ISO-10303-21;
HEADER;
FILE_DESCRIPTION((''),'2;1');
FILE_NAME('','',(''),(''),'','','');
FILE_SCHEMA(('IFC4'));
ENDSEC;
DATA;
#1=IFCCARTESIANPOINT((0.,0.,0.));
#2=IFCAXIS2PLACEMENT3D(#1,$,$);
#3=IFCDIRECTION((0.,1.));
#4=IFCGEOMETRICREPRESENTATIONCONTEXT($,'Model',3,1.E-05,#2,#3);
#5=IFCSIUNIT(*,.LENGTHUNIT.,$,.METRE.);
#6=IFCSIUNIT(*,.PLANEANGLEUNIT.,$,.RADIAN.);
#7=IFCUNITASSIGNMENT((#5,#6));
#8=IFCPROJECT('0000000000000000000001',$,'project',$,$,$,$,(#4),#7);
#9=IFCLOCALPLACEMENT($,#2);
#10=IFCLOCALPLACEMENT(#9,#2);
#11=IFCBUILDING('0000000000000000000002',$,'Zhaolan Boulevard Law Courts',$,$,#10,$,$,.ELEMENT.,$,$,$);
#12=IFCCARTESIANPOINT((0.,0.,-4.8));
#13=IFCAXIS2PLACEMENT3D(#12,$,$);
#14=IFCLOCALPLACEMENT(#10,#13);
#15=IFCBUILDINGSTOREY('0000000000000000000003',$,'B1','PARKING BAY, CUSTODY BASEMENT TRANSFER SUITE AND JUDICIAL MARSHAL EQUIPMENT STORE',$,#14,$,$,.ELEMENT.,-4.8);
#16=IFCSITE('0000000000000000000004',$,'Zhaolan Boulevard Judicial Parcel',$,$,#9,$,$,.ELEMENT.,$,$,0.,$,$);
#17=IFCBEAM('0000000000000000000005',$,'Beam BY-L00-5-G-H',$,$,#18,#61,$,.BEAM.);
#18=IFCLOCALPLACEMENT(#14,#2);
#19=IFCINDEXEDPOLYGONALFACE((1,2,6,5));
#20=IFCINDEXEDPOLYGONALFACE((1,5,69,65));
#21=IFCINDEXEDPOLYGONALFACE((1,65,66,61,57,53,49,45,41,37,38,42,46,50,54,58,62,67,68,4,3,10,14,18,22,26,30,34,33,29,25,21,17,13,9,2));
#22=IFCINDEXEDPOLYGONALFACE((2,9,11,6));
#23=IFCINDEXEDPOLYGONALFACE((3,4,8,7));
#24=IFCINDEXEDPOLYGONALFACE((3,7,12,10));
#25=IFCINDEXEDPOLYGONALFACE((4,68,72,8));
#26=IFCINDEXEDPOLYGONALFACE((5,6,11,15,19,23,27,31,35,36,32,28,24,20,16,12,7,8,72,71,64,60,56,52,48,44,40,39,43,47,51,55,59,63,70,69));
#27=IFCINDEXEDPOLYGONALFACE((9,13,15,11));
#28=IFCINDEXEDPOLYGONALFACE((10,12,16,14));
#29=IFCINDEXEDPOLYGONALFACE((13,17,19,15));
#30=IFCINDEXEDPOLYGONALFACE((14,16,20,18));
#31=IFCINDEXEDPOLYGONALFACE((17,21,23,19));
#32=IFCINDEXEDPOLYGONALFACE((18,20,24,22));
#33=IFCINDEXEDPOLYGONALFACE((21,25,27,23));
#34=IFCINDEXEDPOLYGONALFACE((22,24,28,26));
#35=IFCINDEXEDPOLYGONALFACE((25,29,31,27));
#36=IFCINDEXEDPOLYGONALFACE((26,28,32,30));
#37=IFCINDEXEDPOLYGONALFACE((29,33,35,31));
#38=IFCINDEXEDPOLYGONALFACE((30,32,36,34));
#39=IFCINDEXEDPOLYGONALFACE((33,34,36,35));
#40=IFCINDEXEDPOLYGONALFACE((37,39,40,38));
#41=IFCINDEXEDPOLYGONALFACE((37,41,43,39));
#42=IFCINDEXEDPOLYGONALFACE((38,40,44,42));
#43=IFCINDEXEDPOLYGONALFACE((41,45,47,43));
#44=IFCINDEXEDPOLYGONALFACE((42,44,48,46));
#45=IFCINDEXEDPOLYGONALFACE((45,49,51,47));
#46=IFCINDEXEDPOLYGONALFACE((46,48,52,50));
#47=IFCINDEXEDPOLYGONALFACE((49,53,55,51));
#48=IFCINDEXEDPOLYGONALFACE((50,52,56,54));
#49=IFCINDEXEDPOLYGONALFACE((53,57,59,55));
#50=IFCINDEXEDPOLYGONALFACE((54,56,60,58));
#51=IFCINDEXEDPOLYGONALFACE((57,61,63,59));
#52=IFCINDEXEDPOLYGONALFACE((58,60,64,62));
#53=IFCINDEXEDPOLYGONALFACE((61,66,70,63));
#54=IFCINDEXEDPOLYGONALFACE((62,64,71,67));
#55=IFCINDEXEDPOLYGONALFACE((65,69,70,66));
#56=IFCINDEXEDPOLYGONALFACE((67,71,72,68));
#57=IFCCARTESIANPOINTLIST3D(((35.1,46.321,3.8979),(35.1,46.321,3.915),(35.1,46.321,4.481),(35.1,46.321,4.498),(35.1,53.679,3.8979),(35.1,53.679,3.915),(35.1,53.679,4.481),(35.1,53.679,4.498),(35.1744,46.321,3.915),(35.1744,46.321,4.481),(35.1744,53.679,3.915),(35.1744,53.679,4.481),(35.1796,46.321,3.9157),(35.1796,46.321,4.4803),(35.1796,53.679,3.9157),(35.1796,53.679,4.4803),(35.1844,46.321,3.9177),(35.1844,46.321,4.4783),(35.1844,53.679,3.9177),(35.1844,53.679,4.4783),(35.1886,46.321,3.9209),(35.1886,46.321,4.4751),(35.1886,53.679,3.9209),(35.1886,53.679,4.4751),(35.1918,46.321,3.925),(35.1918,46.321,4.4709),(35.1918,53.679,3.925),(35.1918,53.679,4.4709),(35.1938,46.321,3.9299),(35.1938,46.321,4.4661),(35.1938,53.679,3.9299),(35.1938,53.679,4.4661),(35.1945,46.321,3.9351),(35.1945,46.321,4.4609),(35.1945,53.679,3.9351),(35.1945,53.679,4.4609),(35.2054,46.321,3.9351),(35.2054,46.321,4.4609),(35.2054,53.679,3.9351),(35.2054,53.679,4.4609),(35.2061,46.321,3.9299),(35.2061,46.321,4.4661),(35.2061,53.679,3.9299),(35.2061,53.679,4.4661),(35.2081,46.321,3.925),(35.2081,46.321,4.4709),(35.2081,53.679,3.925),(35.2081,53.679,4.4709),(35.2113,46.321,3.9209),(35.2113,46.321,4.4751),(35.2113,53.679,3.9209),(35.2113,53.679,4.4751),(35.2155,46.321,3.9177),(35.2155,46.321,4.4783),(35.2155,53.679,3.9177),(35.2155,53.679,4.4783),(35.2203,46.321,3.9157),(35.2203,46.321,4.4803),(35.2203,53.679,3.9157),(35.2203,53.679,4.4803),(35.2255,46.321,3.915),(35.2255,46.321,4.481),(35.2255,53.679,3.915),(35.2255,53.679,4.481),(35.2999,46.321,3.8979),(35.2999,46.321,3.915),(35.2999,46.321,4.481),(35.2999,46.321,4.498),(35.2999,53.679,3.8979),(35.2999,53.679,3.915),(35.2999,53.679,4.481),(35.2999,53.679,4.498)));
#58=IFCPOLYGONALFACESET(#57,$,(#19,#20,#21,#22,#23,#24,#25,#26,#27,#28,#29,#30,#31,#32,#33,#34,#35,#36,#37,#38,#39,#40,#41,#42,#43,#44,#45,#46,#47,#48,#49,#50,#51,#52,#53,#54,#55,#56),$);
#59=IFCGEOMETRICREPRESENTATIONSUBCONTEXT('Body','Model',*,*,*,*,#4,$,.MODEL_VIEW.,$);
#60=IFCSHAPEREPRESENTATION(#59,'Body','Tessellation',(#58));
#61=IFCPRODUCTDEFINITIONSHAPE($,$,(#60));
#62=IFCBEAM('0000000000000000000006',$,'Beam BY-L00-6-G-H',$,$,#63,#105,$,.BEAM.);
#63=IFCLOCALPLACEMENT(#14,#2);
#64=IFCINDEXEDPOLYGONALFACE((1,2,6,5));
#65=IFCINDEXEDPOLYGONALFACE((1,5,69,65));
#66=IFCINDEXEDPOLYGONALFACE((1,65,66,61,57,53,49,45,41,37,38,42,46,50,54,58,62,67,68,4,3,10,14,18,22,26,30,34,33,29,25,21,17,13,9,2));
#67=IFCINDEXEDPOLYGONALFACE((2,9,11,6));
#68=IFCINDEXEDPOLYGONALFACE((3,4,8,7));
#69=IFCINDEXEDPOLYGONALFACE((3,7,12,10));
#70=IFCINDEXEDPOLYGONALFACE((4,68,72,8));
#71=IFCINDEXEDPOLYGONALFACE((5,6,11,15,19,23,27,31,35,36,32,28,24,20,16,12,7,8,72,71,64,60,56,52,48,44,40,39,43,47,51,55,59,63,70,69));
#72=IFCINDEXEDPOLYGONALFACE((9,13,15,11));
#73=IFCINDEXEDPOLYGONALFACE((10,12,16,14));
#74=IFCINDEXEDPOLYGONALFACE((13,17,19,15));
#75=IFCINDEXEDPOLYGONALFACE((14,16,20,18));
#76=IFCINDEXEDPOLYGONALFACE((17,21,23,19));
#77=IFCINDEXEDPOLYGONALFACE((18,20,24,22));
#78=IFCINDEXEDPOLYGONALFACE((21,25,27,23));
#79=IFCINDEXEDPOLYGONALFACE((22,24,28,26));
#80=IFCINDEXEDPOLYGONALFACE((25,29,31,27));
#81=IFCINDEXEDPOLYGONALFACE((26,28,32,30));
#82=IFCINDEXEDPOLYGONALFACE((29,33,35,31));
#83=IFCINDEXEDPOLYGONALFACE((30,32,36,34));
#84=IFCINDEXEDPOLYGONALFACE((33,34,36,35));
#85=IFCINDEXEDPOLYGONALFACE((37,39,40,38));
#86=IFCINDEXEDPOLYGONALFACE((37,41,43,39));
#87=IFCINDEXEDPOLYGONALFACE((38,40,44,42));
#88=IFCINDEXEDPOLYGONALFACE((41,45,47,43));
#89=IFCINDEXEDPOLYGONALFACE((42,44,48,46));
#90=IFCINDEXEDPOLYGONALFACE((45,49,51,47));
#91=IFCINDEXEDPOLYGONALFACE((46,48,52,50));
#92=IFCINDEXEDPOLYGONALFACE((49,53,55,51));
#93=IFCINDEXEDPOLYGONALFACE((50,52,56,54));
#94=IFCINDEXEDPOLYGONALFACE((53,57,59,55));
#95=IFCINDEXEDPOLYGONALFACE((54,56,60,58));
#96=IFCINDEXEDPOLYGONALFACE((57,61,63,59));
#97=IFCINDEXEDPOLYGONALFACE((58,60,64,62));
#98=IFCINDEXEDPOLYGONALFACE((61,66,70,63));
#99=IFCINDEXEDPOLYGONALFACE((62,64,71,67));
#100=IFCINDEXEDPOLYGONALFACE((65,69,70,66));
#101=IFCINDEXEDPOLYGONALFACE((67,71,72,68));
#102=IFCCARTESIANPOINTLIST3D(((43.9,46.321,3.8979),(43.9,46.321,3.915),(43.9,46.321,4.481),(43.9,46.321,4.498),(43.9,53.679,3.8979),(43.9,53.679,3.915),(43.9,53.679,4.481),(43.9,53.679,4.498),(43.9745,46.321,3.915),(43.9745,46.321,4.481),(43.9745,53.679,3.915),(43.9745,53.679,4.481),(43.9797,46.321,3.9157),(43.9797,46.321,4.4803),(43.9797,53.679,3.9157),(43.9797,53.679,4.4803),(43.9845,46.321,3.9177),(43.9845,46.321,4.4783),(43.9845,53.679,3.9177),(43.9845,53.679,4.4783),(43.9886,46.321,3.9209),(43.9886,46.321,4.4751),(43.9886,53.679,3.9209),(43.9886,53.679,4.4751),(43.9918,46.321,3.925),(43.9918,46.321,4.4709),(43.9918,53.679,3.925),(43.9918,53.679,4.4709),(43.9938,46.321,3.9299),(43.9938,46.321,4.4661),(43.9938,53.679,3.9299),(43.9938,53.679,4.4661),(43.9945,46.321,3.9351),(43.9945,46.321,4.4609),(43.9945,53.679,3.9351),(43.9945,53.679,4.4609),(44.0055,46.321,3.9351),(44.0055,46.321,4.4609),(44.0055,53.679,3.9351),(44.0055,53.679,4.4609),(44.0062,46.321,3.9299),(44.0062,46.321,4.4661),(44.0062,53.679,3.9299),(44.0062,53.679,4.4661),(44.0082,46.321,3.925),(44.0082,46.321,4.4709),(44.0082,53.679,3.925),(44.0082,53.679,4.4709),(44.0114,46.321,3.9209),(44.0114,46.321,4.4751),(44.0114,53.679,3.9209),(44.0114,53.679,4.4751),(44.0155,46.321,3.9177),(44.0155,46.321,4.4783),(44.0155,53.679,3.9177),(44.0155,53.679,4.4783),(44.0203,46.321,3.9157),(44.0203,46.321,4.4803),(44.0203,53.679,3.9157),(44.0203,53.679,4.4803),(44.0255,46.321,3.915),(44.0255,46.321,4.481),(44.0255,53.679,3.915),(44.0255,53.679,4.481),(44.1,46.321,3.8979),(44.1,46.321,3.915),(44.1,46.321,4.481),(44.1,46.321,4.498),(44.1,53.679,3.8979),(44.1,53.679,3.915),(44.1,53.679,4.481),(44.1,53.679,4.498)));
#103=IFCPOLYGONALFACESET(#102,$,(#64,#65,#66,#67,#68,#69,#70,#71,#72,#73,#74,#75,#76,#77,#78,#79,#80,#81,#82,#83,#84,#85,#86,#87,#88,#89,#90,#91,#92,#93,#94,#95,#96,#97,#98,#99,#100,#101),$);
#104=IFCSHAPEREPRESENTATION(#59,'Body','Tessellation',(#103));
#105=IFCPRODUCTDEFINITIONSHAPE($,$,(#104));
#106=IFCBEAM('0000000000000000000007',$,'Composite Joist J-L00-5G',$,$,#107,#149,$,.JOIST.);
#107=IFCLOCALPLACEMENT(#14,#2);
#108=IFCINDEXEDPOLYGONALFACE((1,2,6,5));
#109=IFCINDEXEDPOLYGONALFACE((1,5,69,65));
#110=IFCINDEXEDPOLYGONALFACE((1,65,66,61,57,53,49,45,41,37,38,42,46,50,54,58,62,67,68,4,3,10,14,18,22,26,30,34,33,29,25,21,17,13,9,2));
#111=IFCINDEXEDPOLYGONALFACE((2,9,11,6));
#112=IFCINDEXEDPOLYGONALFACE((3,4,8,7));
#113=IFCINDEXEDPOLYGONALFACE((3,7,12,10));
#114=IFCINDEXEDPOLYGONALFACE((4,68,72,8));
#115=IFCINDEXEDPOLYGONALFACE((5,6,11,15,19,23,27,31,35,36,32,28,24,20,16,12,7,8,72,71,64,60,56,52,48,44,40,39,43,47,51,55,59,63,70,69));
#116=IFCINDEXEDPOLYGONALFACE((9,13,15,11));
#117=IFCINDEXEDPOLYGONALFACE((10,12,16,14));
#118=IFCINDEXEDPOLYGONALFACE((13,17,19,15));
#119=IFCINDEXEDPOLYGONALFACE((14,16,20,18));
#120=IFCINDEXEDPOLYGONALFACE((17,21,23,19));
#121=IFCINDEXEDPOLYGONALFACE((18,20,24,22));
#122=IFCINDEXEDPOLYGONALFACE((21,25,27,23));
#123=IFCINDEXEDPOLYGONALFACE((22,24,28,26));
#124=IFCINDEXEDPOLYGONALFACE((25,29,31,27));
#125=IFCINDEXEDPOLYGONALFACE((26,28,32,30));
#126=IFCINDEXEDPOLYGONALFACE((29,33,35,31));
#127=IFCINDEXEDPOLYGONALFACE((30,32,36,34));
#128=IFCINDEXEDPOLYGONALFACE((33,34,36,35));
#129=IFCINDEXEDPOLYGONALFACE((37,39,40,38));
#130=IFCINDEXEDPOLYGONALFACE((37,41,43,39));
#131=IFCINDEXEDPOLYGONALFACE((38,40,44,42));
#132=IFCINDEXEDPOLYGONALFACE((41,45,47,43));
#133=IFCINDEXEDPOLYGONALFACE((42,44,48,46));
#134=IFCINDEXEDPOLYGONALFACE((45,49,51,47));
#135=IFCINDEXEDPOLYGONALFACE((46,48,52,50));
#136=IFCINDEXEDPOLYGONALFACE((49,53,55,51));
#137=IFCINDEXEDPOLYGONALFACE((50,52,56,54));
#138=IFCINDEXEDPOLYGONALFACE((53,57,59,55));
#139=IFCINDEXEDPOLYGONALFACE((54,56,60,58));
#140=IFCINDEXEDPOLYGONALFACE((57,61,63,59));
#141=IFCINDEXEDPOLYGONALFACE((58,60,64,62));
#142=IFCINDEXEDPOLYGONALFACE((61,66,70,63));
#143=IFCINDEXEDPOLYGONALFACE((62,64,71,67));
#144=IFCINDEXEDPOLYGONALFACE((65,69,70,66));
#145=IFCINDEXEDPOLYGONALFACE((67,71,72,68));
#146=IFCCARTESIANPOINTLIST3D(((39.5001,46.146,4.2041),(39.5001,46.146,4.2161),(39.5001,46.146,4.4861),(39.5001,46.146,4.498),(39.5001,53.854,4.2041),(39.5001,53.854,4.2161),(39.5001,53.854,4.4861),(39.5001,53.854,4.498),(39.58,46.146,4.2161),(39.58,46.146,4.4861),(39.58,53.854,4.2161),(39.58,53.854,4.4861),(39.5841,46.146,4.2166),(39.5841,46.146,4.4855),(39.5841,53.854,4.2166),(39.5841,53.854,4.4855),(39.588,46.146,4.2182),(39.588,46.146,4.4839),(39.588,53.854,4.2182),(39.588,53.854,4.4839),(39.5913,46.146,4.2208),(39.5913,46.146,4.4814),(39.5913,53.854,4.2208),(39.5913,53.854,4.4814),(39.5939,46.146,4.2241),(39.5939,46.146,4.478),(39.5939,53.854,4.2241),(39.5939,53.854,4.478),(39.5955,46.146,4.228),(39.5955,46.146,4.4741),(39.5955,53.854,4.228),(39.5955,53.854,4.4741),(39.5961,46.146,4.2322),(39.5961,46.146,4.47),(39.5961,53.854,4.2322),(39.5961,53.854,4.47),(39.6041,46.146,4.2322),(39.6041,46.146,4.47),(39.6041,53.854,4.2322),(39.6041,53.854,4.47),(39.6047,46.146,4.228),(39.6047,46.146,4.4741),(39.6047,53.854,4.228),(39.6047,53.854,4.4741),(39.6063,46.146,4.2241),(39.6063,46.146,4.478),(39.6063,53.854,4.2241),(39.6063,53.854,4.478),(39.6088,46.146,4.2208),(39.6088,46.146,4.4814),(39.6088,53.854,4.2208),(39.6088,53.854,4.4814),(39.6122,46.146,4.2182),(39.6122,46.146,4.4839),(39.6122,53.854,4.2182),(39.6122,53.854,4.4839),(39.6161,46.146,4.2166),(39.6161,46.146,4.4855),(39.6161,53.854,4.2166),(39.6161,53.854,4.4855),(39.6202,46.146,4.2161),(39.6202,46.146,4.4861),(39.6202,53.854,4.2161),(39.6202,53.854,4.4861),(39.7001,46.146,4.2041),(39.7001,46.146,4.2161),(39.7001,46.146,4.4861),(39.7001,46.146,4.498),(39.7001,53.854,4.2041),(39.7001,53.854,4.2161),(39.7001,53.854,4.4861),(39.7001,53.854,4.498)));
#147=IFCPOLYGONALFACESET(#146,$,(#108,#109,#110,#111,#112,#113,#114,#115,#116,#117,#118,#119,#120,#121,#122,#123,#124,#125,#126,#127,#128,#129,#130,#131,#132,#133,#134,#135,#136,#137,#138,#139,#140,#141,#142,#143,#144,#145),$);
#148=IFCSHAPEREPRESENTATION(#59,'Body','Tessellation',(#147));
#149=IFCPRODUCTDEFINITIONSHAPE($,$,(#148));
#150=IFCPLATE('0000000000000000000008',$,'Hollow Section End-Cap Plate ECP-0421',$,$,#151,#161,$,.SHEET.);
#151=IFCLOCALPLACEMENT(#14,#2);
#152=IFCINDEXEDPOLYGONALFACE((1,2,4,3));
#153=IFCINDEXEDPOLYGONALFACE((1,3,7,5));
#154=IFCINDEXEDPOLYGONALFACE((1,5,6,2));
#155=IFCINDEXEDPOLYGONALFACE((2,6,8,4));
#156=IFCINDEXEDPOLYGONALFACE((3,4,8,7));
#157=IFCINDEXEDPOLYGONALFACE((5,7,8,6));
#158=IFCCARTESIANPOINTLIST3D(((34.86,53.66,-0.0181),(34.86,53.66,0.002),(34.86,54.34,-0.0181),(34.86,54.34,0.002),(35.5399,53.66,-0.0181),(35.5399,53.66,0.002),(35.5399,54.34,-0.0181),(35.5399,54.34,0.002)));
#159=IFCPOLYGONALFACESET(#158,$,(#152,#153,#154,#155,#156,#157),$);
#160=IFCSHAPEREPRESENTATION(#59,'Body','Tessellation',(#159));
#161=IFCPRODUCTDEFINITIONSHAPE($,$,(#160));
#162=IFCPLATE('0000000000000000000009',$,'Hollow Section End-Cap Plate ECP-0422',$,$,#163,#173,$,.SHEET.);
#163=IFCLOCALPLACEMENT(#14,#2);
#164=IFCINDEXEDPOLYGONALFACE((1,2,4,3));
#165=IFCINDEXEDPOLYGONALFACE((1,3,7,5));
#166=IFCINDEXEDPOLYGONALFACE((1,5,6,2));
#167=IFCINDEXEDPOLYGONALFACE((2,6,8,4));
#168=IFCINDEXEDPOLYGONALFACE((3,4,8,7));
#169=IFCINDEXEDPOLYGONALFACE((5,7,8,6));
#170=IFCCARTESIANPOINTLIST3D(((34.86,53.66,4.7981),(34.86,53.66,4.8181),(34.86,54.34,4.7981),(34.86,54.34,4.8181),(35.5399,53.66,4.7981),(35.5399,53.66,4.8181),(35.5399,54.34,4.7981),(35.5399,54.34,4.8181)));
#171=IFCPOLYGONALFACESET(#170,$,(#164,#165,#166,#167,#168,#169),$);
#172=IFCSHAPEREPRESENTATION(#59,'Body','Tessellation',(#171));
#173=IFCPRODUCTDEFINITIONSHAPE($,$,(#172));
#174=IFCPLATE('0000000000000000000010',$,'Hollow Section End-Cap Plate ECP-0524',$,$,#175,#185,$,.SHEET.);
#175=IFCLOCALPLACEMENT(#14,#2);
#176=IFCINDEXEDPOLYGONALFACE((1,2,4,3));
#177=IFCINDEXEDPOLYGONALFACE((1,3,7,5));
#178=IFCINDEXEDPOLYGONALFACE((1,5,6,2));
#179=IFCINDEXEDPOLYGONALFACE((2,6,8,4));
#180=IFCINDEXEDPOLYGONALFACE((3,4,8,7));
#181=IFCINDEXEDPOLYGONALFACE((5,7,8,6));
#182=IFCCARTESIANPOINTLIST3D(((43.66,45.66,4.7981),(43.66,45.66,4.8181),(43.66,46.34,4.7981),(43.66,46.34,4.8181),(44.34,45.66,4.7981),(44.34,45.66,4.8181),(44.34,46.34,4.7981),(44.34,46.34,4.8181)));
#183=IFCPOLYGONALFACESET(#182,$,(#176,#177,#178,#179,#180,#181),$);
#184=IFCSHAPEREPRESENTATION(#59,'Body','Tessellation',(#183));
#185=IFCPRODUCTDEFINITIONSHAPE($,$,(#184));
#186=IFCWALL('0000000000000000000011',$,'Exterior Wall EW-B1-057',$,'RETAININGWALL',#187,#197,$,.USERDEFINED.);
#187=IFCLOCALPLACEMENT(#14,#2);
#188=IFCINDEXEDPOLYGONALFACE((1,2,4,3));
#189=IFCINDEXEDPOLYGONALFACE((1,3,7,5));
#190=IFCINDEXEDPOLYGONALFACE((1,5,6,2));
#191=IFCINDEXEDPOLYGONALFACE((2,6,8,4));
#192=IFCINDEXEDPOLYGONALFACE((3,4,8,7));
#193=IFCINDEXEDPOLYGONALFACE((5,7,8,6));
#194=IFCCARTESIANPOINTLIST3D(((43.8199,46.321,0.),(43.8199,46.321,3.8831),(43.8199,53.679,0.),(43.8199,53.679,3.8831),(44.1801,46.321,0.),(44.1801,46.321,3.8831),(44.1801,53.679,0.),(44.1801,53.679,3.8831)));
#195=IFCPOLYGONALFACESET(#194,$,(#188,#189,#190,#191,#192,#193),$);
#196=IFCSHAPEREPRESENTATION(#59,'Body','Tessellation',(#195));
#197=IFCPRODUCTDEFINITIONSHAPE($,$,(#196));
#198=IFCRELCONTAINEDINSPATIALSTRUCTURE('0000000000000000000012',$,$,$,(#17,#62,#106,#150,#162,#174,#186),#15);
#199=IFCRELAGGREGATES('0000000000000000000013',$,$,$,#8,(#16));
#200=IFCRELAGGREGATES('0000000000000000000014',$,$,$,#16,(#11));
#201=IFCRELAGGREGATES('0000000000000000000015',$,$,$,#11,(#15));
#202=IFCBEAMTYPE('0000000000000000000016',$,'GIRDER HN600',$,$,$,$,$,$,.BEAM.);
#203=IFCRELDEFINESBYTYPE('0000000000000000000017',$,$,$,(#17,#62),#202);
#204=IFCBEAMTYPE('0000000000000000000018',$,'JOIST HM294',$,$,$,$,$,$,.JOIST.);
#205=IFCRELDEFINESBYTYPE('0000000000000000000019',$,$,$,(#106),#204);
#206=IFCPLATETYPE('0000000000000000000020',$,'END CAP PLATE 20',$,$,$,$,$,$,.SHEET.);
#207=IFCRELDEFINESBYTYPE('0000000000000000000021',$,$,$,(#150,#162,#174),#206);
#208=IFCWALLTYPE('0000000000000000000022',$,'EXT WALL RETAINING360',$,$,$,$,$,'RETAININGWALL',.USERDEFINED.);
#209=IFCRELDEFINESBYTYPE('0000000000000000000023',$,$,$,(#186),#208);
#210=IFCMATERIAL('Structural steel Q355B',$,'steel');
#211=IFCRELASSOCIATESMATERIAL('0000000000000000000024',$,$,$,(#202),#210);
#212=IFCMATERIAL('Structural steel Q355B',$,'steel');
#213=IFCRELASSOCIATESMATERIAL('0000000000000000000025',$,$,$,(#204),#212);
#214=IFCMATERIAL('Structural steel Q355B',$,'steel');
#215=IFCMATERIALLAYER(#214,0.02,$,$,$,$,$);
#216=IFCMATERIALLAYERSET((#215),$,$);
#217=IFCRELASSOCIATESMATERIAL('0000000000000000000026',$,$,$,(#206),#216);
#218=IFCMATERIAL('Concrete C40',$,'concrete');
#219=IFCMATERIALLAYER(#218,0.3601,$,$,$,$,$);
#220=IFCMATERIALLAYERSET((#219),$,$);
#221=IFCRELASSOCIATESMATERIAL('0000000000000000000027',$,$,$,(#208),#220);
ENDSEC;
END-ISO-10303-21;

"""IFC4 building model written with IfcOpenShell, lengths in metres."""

from ifc_helpers import new_model, si_unit, direction, frame, frame_2d, origin, origin_2d, place, context, subcontext, project, spatial, rectangle, i_section, extrude, material, layer, layer_set, material_profile, profile_set, type_object, element, save


model = new_model("IFC4")

# Units and contexts
model_context = context("Model", 3, precision=1e-05, world=origin(), true_north=direction((0.0, 1.0)))
body_context = subcontext(model_context, "Body", "Model", "MODEL_VIEW")
ifc_project = project(units=[si_unit("LENGTHUNIT", "METRE"), si_unit("PLANEANGLEUNIT", "RADIAN")], contexts=[model_context])

# Site, building, storey
site_placement = place(None, origin())
site = spatial("IfcSite", under=ifc_project, at=site_placement, Name="Zhaolan Boulevard Judicial Parcel", CompositionType="ELEMENT", RefElevation=0.0)
building_placement = place(site_placement, origin())
building = spatial("IfcBuilding", under=site, at=building_placement, Name="Zhaolan Boulevard Law Courts", CompositionType="ELEMENT")
storey_placement = place(building_placement, frame((0.0, 0.0, -4.8)))
storey = spatial("IfcBuildingStorey", under=building, at=storey_placement, Name="B1", Description="PARKING BAY, CUSTODY BASEMENT TRANSFER SUITE AND JUDICIAL MARSHAL EQUIPMENT STORE", CompositionType="ELEMENT", Elevation=-4.8)

# Beams
ifc_material_1 = material(Name="Structural steel Q355B", Category="steel")
ifc_material_profile_1 = material_profile(ifc_material_1, i_section(OverallWidth=0.2, OverallDepth=0.6001, WebThickness=0.011, FlangeThickness=0.0171, FilletRadius=0.02, at=origin_2d()), Name="HN600x200")
ifc_profile_set_1 = profile_set([ifc_material_profile_1], Name="Structural steel Q355B")
beam_type_1 = type_object("IfcBeamType", Name="GIRDER HN600", PredefinedType="BEAM", material=ifc_profile_set_1)
for number, where, z_axis, x_axis, name in (
    (1, (35.2, 46.321, 4.198), (0.0, 1.0, 0.0), (-1.0, 0.0, 0.0), "Beam BY-L00-5-G-H"),
    (2, (44.0, 46.321, 4.198), (0.0, 1.0, 0.0), (-1.0, 0.0, 0.0), "Beam BY-L00-6-G-H"),
):
    element("IfcBeam", number, at=place(storey_placement, frame(where, z_axis=z_axis, x_axis=x_axis)), inside=storey, type_object=beam_type_1, Name=name, PredefinedType="BEAM", context=body_context, shape_type="SweptSolid", body=[
        extrude(i_section(OverallWidth=0.2, OverallDepth=0.6001, WebThickness=0.011, FlangeThickness=0.0171, FilletRadius=0.02, at=origin_2d()), origin(), (0.0, 0.0, 1.0), 7.3579),
    ])
ifc_material_2 = material(Name="Structural steel Q355B", Category="steel")
ifc_material_profile_2 = material_profile(ifc_material_2, i_section(OverallWidth=0.2, OverallDepth=0.2939, WebThickness=0.0081, FlangeThickness=0.012, FilletRadius=0.0161, at=origin_2d()), Name="HM294x200")
ifc_profile_set_2 = profile_set([ifc_material_profile_2], Name="Structural steel Q355B")
beam_type_2 = type_object("IfcBeamType", Name="JOIST HM294", PredefinedType="JOIST", material=ifc_profile_set_2)
beam_1_placement = place(storey_placement, frame((39.6001, 46.146, 4.3511), z_axis=(0.0, 1.0, 0.0), x_axis=(-1.0, 0.0, 0.0)))
element("IfcBeam", 3, at=beam_1_placement, inside=storey, type_object=beam_type_2, Name="Composite Joist J-L00-5G", PredefinedType="JOIST", context=body_context, shape_type="SweptSolid", body=[
    extrude(i_section(OverallWidth=0.2, OverallDepth=0.2939, WebThickness=0.0081, FlangeThickness=0.012, FilletRadius=0.0161, at=origin_2d()), origin(), (0.0, 0.0, 1.0), 7.708),
])

# Plates
ifc_material_3 = material(Name="Structural steel Q355B", Category="steel")
ifc_layer_1 = layer(ifc_material_3, 0.02)
ifc_layer_set_1 = layer_set([ifc_layer_1])
plate_type = type_object("IfcPlateType", Name="END CAP PLATE 20", PredefinedType="SHEET", material=ifc_layer_set_1)
for number, where, z_axis, x_axis, name in (
    (4, (35.2, 54.0, -0.0181), (0.0, 0.0, 1.0), (1.0, 0.0, 0.0), "Hollow Section End-Cap Plate ECP-0421"),
    (5, (35.2, 54.0, 4.7981), (0.0, 0.0, 1.0), (1.0, 0.0, 0.0), "Hollow Section End-Cap Plate ECP-0422"),
    (6, (44.0, 46.0, 4.7981), (0.0, 0.0, 1.0), (1.0, 0.0, 0.0), "Hollow Section End-Cap Plate ECP-0524"),
):
    element("IfcPlate", number, at=place(storey_placement, frame(where, z_axis=z_axis, x_axis=x_axis)), inside=storey, type_object=plate_type, Name=name, PredefinedType="SHEET", context=body_context, shape_type="SweptSolid", body=[
        extrude(rectangle(XDim=0.6799, YDim=0.6799, at=origin_2d()), origin(), (0.0, 0.0, 1.0), 0.02),
    ])

# Wall
ifc_material_4 = material(Name="Concrete C40", Category="concrete")
ifc_layer_2 = layer(ifc_material_4, 0.3601)
ifc_layer_set_2 = layer_set([ifc_layer_2])
wall_type = type_object("IfcWallType", Name="EXT WALL RETAINING360", ElementType="RETAININGWALL", PredefinedType="USERDEFINED", material=ifc_layer_set_2)
wall_placement = place(storey_placement, frame((44.0, 46.321, 0.0), z_axis=(0.0, 0.0, 1.0), x_axis=(0.0, 1.0, 0.0)))
element("IfcWall", 7, at=wall_placement, inside=storey, type_object=wall_type, Name="Exterior Wall EW-B1-057", ObjectType="RETAININGWALL", PredefinedType="USERDEFINED", context=body_context, shape_type="SweptSolid", body=[
    extrude(rectangle(XDim=7.3579, YDim=0.3601, at=frame_2d((3.679, 0.0))), origin(), (0.0, 0.0, 1.0), 3.8831),
])

save(model, "model.ifc")
